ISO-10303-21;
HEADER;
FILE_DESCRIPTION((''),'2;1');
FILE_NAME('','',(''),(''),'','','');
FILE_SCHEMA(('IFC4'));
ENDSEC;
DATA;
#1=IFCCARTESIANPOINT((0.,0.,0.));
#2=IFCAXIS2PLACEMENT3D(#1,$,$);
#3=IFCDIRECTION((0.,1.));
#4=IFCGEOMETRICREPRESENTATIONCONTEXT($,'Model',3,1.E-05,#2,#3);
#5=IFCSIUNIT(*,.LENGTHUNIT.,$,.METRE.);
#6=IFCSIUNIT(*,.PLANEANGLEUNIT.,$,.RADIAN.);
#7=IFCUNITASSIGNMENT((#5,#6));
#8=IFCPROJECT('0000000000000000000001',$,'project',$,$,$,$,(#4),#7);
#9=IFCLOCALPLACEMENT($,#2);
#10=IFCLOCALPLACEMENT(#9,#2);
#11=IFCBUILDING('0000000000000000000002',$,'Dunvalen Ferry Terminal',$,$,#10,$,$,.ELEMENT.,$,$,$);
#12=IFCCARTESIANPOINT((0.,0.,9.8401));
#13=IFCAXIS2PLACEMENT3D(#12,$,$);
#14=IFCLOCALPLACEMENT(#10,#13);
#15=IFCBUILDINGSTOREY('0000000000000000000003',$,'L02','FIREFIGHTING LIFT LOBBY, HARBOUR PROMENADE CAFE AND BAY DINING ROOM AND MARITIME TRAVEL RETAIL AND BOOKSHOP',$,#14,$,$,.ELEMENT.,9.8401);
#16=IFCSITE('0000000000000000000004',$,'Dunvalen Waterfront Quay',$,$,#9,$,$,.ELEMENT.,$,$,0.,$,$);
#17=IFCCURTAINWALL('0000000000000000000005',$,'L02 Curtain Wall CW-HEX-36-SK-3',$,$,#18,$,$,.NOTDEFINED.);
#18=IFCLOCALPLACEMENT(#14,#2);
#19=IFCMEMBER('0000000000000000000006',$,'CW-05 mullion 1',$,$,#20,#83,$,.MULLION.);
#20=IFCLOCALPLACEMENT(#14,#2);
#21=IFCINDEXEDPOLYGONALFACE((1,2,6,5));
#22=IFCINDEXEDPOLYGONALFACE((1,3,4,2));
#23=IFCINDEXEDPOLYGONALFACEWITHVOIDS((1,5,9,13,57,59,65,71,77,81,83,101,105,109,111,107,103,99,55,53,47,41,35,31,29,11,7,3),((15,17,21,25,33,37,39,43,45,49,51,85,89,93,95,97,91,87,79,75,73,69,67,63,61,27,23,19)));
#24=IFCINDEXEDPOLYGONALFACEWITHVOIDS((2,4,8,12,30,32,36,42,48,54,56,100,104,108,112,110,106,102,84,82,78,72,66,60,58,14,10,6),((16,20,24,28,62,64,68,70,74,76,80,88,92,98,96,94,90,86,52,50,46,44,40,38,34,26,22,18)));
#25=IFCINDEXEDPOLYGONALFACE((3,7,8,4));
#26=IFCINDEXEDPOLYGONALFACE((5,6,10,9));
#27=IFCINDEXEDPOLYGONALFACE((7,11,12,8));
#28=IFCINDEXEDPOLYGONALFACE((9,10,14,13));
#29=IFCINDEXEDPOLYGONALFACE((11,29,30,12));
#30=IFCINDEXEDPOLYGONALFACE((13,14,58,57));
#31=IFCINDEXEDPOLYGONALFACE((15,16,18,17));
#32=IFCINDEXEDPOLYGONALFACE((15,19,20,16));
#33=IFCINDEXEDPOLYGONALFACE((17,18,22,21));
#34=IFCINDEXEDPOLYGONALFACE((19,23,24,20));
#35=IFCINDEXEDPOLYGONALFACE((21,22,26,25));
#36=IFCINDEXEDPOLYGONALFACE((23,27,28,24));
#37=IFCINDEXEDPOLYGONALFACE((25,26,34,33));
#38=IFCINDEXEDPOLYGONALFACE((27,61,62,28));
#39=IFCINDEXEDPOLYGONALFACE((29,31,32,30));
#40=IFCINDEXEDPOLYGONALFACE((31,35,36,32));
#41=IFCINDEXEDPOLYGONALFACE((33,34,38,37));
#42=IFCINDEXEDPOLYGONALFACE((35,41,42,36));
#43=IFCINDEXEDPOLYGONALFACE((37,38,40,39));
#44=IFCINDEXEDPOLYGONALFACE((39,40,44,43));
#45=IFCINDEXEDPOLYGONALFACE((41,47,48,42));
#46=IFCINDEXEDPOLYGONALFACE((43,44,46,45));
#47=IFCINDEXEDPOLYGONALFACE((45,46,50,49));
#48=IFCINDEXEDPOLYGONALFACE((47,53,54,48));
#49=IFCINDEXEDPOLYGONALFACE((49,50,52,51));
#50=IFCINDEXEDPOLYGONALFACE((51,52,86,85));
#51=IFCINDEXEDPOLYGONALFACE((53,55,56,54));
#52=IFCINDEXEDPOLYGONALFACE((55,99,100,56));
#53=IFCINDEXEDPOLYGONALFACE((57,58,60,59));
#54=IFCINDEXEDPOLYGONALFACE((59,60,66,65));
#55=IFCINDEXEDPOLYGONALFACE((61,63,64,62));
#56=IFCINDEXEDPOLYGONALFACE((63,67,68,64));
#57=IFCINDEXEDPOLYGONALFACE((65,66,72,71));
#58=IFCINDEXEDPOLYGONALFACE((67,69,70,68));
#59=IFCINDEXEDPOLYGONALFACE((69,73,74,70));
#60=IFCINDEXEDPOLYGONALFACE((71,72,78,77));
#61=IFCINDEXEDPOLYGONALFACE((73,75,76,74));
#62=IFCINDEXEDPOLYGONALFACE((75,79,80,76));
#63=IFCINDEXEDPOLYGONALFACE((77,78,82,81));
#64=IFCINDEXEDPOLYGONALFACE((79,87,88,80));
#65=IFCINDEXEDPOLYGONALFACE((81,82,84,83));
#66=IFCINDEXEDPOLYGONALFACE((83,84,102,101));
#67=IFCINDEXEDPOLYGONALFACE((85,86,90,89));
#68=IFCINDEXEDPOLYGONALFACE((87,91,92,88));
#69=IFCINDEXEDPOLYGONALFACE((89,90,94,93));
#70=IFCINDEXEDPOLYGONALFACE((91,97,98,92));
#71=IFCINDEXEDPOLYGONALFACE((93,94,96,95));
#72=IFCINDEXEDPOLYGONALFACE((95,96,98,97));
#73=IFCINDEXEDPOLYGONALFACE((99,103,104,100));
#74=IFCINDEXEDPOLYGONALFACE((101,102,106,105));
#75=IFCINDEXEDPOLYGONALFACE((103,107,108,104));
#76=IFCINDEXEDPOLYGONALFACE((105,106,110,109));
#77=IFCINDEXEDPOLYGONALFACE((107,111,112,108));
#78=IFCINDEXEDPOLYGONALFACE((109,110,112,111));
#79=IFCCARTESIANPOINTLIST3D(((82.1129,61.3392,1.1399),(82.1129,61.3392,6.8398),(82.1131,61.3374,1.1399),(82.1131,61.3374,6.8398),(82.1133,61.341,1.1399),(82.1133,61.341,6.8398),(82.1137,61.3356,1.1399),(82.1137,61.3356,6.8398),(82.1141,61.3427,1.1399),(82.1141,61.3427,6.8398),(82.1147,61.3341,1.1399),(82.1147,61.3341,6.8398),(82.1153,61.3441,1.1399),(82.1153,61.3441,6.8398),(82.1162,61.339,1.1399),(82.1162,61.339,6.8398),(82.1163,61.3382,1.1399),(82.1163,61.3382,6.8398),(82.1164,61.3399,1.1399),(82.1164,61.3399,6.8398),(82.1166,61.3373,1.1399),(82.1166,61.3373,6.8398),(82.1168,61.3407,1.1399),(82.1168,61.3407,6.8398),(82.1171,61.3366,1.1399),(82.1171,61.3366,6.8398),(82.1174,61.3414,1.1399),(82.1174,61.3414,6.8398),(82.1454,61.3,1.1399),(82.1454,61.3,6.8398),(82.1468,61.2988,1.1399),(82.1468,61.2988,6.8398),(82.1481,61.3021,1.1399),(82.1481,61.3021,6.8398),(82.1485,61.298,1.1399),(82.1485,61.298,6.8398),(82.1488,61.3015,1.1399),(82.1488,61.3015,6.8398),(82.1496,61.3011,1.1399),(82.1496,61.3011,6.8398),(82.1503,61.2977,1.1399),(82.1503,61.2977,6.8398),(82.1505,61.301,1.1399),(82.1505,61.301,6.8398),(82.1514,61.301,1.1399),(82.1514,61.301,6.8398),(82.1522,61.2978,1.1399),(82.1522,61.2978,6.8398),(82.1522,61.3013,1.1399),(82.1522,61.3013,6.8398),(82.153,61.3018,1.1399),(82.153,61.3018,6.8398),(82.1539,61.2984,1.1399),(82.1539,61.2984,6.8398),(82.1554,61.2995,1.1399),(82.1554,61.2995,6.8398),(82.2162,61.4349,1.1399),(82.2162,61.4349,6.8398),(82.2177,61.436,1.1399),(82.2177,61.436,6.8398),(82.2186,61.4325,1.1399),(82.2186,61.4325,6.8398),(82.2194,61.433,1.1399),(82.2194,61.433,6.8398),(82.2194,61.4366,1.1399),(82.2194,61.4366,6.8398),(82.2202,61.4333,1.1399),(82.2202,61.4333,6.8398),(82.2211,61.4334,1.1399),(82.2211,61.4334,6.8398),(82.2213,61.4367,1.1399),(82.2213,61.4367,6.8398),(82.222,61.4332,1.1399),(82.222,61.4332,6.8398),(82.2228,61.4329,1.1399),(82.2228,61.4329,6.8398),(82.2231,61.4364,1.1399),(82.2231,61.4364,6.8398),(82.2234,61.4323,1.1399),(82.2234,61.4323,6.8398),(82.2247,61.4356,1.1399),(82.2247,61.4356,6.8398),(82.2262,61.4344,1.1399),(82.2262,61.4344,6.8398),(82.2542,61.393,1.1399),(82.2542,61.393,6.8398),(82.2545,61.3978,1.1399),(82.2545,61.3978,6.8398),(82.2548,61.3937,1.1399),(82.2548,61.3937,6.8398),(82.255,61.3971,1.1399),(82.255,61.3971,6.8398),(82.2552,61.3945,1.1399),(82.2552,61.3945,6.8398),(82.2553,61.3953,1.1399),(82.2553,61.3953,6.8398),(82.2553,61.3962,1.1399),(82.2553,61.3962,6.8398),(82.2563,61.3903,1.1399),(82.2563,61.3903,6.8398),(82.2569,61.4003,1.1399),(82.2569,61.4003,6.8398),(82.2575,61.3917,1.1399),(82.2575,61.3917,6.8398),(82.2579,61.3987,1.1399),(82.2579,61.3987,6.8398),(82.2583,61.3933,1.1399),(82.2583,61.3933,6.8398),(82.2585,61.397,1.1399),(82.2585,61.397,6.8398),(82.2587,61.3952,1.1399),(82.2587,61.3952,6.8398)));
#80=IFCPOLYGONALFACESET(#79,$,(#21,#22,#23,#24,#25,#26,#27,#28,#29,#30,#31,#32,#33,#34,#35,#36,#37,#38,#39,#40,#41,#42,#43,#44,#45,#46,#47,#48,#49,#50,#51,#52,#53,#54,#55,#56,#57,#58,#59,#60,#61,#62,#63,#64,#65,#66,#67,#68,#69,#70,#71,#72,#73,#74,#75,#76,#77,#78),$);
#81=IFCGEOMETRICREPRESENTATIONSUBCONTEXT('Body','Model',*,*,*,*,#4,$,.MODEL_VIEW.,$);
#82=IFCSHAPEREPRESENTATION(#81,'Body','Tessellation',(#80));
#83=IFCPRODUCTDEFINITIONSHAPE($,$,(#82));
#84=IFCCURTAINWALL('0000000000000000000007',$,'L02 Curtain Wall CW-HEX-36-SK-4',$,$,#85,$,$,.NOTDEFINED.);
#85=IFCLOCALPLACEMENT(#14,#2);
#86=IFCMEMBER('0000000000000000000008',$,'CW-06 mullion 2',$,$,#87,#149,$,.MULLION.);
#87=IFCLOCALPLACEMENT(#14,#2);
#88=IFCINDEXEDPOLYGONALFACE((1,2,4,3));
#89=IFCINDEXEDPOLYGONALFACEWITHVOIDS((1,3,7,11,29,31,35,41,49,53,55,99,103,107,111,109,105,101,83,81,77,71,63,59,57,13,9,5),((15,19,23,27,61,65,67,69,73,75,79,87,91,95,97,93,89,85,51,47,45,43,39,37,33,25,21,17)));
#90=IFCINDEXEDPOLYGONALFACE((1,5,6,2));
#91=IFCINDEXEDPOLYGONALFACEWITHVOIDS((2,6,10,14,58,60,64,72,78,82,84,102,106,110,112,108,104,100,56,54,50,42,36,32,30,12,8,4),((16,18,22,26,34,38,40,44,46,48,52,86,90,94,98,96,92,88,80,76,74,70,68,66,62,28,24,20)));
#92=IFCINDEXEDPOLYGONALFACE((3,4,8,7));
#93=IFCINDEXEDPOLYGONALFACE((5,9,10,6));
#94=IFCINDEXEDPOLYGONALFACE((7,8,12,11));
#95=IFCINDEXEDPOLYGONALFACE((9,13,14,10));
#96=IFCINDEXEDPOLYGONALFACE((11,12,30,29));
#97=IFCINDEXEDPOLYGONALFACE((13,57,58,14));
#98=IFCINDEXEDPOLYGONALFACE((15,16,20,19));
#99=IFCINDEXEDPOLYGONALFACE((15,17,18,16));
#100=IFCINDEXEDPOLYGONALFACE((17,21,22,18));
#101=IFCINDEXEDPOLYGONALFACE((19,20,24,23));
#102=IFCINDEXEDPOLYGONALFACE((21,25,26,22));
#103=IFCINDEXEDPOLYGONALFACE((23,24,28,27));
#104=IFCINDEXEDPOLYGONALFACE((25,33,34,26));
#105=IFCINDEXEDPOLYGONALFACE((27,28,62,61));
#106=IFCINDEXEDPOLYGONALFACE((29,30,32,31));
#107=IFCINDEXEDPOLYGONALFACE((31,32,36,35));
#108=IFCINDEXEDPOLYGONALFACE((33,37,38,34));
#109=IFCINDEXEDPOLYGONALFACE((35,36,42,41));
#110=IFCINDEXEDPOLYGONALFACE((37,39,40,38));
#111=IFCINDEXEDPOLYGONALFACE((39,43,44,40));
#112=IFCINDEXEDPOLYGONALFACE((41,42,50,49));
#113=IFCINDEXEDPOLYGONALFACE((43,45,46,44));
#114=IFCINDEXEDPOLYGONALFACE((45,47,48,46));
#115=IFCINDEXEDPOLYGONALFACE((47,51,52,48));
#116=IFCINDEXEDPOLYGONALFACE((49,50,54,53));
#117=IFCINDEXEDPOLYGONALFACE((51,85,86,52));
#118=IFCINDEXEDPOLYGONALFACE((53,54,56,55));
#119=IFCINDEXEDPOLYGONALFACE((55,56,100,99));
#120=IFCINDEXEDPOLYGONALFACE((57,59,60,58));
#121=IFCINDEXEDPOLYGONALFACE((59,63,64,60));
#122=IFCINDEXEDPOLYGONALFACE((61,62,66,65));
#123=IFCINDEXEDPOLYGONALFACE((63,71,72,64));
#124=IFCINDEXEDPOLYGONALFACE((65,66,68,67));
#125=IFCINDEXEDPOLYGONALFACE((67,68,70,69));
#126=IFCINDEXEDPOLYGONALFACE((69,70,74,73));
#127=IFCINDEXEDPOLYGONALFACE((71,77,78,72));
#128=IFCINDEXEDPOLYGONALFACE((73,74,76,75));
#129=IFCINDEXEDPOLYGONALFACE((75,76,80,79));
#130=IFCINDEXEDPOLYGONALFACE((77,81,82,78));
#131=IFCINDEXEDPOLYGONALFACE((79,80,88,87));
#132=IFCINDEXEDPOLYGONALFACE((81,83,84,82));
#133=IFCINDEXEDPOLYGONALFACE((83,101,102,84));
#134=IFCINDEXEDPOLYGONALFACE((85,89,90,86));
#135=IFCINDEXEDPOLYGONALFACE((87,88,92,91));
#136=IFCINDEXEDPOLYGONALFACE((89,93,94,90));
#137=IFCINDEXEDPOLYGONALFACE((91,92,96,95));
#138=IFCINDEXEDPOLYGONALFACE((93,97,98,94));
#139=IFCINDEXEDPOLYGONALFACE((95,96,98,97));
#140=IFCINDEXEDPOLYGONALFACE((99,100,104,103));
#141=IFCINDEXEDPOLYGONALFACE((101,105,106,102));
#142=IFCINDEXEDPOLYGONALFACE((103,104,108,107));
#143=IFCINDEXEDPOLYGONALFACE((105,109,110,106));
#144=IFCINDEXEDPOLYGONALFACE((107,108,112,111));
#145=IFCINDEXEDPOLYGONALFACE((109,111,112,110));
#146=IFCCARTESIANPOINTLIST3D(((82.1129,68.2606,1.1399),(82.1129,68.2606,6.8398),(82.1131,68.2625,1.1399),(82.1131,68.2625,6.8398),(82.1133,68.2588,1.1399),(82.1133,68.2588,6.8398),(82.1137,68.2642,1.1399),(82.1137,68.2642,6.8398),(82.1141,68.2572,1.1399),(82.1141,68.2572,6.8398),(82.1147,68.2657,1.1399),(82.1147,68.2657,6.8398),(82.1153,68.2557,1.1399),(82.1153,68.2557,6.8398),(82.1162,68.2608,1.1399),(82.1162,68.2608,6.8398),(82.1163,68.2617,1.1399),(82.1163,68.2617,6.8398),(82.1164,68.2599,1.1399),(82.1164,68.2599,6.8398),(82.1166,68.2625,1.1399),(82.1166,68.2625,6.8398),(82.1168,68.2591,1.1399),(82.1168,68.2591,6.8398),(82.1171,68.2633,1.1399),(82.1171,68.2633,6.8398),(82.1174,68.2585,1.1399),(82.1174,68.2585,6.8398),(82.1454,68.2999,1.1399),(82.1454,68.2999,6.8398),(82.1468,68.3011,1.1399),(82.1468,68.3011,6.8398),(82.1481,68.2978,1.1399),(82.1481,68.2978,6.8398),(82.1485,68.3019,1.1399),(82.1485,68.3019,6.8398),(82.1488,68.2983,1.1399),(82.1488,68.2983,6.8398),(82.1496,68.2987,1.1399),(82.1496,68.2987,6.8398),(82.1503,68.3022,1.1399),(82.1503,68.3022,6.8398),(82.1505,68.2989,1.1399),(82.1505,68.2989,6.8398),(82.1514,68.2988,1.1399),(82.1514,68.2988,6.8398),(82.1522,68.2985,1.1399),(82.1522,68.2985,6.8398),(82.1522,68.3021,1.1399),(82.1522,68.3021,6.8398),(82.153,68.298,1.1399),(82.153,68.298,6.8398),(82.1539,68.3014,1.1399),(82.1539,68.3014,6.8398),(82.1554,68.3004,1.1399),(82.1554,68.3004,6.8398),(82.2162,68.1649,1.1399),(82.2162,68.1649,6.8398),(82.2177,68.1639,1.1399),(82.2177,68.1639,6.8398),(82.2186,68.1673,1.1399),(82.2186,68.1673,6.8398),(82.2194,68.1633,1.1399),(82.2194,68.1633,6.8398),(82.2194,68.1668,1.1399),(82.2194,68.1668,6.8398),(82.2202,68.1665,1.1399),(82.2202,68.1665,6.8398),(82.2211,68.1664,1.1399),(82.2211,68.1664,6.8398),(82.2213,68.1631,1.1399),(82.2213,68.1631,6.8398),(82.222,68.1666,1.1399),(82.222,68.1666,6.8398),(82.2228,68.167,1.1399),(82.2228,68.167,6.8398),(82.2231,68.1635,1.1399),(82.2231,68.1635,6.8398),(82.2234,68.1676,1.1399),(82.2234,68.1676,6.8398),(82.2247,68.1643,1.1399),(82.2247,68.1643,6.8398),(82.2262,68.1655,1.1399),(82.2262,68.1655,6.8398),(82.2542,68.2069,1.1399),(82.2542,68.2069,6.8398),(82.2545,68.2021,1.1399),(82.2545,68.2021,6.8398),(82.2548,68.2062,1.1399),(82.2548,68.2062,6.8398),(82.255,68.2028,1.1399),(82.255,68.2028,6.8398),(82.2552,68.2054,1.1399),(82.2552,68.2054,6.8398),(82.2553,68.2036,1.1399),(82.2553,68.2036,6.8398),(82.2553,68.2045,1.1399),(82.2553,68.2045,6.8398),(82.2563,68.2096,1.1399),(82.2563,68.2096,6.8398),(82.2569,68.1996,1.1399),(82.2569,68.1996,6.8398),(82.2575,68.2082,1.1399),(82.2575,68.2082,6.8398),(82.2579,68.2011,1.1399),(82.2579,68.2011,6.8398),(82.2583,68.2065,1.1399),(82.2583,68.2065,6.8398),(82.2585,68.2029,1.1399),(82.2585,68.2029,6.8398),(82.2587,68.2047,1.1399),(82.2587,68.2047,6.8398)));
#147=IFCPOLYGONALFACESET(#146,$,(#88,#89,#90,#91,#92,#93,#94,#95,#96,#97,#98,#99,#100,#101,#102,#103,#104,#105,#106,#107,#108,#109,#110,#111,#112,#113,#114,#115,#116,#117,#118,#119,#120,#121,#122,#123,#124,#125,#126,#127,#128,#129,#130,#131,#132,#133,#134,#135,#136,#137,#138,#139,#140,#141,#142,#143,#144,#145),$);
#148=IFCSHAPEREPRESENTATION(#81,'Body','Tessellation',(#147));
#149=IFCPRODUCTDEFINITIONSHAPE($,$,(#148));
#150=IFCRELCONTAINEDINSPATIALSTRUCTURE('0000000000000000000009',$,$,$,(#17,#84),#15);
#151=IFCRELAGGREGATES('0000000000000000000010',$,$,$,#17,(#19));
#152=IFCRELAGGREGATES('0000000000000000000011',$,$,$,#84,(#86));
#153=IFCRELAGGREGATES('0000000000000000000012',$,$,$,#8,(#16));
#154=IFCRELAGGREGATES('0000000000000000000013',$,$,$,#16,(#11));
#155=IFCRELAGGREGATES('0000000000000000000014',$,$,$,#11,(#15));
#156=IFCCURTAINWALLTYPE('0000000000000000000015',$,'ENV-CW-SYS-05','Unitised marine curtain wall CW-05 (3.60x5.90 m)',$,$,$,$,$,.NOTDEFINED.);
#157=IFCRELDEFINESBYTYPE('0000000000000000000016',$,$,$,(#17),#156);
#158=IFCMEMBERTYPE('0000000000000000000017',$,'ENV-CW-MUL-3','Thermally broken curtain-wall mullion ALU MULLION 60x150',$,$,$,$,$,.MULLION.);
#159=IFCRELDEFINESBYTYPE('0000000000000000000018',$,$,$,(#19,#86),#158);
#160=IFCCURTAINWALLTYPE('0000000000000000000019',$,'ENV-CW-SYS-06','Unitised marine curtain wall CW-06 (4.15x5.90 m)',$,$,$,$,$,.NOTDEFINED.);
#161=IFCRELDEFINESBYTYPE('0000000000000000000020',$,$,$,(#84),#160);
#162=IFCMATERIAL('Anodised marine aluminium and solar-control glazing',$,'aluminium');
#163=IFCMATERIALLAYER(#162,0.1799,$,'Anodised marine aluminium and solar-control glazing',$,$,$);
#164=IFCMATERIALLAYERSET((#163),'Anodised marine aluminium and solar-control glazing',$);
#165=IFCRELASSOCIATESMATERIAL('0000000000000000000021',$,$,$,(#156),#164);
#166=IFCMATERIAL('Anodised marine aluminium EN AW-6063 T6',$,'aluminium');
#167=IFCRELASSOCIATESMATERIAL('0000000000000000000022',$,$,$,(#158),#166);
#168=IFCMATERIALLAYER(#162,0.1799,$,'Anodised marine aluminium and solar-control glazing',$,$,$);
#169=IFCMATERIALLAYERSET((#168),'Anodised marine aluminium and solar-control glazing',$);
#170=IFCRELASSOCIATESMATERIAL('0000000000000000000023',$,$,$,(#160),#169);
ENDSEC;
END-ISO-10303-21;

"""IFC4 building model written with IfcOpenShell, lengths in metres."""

from ifc_helpers import new_model, si_unit, direction, frame, origin, origin_2d, place, context, subcontext, project, spatial, hollow_rectangle, extrude, material, layer, layer_set, material_profile, profile_set, type_object, element, aggregate, save


model = new_model("IFC4")

# Units and contexts
model_context = context("Model", 3, precision=1e-05, world=origin(), true_north=direction((0.0, 1.0)))
body_context = subcontext(model_context, "Body", "Model", "MODEL_VIEW")
ifc_project = project(units=[si_unit("LENGTHUNIT", "METRE"), si_unit("PLANEANGLEUNIT", "RADIAN")], contexts=[model_context])

# Site, building, storey
site_placement = place(None, origin())
site = spatial("IfcSite", under=ifc_project, at=site_placement, Name="Dunvalen Waterfront Quay", CompositionType="ELEMENT", RefElevation=0.0)
building_placement = place(site_placement, origin())
building = spatial("IfcBuilding", under=site, at=building_placement, Name="Dunvalen Ferry Terminal", CompositionType="ELEMENT")
storey_placement = place(building_placement, frame((0.0, 0.0, 9.8401)))
storey = spatial("IfcBuildingStorey", under=building, at=storey_placement, Name="L02", Description="FIREFIGHTING LIFT LOBBY, HARBOUR PROMENADE CAFE AND BAY DINING ROOM AND MARITIME TRAVEL RETAIL AND BOOKSHOP", CompositionType="ELEMENT", Elevation=9.8401)

# Curtain walls, members
ifc_material_1 = material(Name="Anodised marine aluminium and solar-control glazing", Category="aluminium")
ifc_layer_1 = layer(ifc_material_1, 0.1799, Name="Anodised marine aluminium and solar-control glazing")
ifc_layer_set_1 = layer_set([ifc_layer_1], Name="Anodised marine aluminium and solar-control glazing")
curtain_wall_type_1 = type_object("IfcCurtainWallType", Name="ENV-CW-SYS-05", Description="Unitised marine curtain wall CW-05 (3.60x5.90 m)", PredefinedType="NOTDEFINED", material=ifc_layer_set_1)
curtain_wall_1_placement = place(storey_placement, origin())
curtain_wall_1 = element("IfcCurtainWall", 1, at=curtain_wall_1_placement, inside=storey, type_object=curtain_wall_type_1, Name="L02 Curtain Wall CW-HEX-36-SK-3", PredefinedType="NOTDEFINED")
ifc_material_2 = material(Name="Anodised marine aluminium EN AW-6063 T6", Category="aluminium")
ifc_material_profile_1 = material_profile(ifc_material_2, hollow_rectangle(XDim=0.0601, YDim=0.1499, WallThickness=0.0034, InnerFilletRadius=0.0034, OuterFilletRadius=0.0071, at=origin_2d()), Name="Anodised marine aluminium EN AW-6063 T6")
ifc_profile_set_1 = profile_set([ifc_material_profile_1], Name="Anodised marine aluminium EN AW-6063 T6")
member_type_1 = type_object("IfcMemberType", Name="ENV-CW-MUL-3", Description="Thermally broken curtain-wall mullion ALU MULLION 60x150", PredefinedType="MULLION", material=ifc_profile_set_1)
member_1_placement = place(storey_placement, frame((82.1858, 61.3672, 1.1399), z_axis=(0.0, 0.0, 1.0), x_axis=(-0.668954, 0.743304, 0.0)))
member_1 = element("IfcMember", 2, at=member_1_placement, type_object=member_type_1, Name="CW-05 mullion 1", PredefinedType="MULLION", context=body_context, shape_type="SweptSolid", body=[
    extrude(hollow_rectangle(XDim=0.0601, YDim=0.1499, WallThickness=0.0034, InnerFilletRadius=0.0034, OuterFilletRadius=0.0071, at=origin_2d()), origin(), (0.0, 0.0, 1.0), 5.7),
])
ifc_layer_2 = layer(ifc_material_1, 0.1799, Name="Anodised marine aluminium and solar-control glazing")
ifc_layer_set_2 = layer_set([ifc_layer_2], Name="Anodised marine aluminium and solar-control glazing")
curtain_wall_type_2 = type_object("IfcCurtainWallType", Name="ENV-CW-SYS-06", Description="Unitised marine curtain wall CW-06 (4.15x5.90 m)", PredefinedType="NOTDEFINED", material=ifc_layer_set_2)
curtain_wall_2_placement = place(storey_placement, origin())
curtain_wall_2 = element("IfcCurtainWall", 3, at=curtain_wall_2_placement, inside=storey, type_object=curtain_wall_type_2, Name="L02 Curtain Wall CW-HEX-36-SK-4", PredefinedType="NOTDEFINED")
member_2_placement = place(storey_placement, frame((82.1858, 68.2327, 1.1399), z_axis=(0.0, 0.0, 1.0), x_axis=(-0.668954, -0.743304, 0.0)))
member_2 = element("IfcMember", 4, at=member_2_placement, type_object=member_type_1, Name="CW-06 mullion 2", PredefinedType="MULLION", context=body_context, shape_type="SweptSolid", body=[
    extrude(hollow_rectangle(XDim=0.0601, YDim=0.1499, WallThickness=0.0034, InnerFilletRadius=0.0034, OuterFilletRadius=0.0071, at=origin_2d()), origin(), (0.0, 0.0, 1.0), 5.7),
])

aggregate(curtain_wall_1, [member_1])
aggregate(curtain_wall_2, [member_2])

save(model, "model.ifc")
